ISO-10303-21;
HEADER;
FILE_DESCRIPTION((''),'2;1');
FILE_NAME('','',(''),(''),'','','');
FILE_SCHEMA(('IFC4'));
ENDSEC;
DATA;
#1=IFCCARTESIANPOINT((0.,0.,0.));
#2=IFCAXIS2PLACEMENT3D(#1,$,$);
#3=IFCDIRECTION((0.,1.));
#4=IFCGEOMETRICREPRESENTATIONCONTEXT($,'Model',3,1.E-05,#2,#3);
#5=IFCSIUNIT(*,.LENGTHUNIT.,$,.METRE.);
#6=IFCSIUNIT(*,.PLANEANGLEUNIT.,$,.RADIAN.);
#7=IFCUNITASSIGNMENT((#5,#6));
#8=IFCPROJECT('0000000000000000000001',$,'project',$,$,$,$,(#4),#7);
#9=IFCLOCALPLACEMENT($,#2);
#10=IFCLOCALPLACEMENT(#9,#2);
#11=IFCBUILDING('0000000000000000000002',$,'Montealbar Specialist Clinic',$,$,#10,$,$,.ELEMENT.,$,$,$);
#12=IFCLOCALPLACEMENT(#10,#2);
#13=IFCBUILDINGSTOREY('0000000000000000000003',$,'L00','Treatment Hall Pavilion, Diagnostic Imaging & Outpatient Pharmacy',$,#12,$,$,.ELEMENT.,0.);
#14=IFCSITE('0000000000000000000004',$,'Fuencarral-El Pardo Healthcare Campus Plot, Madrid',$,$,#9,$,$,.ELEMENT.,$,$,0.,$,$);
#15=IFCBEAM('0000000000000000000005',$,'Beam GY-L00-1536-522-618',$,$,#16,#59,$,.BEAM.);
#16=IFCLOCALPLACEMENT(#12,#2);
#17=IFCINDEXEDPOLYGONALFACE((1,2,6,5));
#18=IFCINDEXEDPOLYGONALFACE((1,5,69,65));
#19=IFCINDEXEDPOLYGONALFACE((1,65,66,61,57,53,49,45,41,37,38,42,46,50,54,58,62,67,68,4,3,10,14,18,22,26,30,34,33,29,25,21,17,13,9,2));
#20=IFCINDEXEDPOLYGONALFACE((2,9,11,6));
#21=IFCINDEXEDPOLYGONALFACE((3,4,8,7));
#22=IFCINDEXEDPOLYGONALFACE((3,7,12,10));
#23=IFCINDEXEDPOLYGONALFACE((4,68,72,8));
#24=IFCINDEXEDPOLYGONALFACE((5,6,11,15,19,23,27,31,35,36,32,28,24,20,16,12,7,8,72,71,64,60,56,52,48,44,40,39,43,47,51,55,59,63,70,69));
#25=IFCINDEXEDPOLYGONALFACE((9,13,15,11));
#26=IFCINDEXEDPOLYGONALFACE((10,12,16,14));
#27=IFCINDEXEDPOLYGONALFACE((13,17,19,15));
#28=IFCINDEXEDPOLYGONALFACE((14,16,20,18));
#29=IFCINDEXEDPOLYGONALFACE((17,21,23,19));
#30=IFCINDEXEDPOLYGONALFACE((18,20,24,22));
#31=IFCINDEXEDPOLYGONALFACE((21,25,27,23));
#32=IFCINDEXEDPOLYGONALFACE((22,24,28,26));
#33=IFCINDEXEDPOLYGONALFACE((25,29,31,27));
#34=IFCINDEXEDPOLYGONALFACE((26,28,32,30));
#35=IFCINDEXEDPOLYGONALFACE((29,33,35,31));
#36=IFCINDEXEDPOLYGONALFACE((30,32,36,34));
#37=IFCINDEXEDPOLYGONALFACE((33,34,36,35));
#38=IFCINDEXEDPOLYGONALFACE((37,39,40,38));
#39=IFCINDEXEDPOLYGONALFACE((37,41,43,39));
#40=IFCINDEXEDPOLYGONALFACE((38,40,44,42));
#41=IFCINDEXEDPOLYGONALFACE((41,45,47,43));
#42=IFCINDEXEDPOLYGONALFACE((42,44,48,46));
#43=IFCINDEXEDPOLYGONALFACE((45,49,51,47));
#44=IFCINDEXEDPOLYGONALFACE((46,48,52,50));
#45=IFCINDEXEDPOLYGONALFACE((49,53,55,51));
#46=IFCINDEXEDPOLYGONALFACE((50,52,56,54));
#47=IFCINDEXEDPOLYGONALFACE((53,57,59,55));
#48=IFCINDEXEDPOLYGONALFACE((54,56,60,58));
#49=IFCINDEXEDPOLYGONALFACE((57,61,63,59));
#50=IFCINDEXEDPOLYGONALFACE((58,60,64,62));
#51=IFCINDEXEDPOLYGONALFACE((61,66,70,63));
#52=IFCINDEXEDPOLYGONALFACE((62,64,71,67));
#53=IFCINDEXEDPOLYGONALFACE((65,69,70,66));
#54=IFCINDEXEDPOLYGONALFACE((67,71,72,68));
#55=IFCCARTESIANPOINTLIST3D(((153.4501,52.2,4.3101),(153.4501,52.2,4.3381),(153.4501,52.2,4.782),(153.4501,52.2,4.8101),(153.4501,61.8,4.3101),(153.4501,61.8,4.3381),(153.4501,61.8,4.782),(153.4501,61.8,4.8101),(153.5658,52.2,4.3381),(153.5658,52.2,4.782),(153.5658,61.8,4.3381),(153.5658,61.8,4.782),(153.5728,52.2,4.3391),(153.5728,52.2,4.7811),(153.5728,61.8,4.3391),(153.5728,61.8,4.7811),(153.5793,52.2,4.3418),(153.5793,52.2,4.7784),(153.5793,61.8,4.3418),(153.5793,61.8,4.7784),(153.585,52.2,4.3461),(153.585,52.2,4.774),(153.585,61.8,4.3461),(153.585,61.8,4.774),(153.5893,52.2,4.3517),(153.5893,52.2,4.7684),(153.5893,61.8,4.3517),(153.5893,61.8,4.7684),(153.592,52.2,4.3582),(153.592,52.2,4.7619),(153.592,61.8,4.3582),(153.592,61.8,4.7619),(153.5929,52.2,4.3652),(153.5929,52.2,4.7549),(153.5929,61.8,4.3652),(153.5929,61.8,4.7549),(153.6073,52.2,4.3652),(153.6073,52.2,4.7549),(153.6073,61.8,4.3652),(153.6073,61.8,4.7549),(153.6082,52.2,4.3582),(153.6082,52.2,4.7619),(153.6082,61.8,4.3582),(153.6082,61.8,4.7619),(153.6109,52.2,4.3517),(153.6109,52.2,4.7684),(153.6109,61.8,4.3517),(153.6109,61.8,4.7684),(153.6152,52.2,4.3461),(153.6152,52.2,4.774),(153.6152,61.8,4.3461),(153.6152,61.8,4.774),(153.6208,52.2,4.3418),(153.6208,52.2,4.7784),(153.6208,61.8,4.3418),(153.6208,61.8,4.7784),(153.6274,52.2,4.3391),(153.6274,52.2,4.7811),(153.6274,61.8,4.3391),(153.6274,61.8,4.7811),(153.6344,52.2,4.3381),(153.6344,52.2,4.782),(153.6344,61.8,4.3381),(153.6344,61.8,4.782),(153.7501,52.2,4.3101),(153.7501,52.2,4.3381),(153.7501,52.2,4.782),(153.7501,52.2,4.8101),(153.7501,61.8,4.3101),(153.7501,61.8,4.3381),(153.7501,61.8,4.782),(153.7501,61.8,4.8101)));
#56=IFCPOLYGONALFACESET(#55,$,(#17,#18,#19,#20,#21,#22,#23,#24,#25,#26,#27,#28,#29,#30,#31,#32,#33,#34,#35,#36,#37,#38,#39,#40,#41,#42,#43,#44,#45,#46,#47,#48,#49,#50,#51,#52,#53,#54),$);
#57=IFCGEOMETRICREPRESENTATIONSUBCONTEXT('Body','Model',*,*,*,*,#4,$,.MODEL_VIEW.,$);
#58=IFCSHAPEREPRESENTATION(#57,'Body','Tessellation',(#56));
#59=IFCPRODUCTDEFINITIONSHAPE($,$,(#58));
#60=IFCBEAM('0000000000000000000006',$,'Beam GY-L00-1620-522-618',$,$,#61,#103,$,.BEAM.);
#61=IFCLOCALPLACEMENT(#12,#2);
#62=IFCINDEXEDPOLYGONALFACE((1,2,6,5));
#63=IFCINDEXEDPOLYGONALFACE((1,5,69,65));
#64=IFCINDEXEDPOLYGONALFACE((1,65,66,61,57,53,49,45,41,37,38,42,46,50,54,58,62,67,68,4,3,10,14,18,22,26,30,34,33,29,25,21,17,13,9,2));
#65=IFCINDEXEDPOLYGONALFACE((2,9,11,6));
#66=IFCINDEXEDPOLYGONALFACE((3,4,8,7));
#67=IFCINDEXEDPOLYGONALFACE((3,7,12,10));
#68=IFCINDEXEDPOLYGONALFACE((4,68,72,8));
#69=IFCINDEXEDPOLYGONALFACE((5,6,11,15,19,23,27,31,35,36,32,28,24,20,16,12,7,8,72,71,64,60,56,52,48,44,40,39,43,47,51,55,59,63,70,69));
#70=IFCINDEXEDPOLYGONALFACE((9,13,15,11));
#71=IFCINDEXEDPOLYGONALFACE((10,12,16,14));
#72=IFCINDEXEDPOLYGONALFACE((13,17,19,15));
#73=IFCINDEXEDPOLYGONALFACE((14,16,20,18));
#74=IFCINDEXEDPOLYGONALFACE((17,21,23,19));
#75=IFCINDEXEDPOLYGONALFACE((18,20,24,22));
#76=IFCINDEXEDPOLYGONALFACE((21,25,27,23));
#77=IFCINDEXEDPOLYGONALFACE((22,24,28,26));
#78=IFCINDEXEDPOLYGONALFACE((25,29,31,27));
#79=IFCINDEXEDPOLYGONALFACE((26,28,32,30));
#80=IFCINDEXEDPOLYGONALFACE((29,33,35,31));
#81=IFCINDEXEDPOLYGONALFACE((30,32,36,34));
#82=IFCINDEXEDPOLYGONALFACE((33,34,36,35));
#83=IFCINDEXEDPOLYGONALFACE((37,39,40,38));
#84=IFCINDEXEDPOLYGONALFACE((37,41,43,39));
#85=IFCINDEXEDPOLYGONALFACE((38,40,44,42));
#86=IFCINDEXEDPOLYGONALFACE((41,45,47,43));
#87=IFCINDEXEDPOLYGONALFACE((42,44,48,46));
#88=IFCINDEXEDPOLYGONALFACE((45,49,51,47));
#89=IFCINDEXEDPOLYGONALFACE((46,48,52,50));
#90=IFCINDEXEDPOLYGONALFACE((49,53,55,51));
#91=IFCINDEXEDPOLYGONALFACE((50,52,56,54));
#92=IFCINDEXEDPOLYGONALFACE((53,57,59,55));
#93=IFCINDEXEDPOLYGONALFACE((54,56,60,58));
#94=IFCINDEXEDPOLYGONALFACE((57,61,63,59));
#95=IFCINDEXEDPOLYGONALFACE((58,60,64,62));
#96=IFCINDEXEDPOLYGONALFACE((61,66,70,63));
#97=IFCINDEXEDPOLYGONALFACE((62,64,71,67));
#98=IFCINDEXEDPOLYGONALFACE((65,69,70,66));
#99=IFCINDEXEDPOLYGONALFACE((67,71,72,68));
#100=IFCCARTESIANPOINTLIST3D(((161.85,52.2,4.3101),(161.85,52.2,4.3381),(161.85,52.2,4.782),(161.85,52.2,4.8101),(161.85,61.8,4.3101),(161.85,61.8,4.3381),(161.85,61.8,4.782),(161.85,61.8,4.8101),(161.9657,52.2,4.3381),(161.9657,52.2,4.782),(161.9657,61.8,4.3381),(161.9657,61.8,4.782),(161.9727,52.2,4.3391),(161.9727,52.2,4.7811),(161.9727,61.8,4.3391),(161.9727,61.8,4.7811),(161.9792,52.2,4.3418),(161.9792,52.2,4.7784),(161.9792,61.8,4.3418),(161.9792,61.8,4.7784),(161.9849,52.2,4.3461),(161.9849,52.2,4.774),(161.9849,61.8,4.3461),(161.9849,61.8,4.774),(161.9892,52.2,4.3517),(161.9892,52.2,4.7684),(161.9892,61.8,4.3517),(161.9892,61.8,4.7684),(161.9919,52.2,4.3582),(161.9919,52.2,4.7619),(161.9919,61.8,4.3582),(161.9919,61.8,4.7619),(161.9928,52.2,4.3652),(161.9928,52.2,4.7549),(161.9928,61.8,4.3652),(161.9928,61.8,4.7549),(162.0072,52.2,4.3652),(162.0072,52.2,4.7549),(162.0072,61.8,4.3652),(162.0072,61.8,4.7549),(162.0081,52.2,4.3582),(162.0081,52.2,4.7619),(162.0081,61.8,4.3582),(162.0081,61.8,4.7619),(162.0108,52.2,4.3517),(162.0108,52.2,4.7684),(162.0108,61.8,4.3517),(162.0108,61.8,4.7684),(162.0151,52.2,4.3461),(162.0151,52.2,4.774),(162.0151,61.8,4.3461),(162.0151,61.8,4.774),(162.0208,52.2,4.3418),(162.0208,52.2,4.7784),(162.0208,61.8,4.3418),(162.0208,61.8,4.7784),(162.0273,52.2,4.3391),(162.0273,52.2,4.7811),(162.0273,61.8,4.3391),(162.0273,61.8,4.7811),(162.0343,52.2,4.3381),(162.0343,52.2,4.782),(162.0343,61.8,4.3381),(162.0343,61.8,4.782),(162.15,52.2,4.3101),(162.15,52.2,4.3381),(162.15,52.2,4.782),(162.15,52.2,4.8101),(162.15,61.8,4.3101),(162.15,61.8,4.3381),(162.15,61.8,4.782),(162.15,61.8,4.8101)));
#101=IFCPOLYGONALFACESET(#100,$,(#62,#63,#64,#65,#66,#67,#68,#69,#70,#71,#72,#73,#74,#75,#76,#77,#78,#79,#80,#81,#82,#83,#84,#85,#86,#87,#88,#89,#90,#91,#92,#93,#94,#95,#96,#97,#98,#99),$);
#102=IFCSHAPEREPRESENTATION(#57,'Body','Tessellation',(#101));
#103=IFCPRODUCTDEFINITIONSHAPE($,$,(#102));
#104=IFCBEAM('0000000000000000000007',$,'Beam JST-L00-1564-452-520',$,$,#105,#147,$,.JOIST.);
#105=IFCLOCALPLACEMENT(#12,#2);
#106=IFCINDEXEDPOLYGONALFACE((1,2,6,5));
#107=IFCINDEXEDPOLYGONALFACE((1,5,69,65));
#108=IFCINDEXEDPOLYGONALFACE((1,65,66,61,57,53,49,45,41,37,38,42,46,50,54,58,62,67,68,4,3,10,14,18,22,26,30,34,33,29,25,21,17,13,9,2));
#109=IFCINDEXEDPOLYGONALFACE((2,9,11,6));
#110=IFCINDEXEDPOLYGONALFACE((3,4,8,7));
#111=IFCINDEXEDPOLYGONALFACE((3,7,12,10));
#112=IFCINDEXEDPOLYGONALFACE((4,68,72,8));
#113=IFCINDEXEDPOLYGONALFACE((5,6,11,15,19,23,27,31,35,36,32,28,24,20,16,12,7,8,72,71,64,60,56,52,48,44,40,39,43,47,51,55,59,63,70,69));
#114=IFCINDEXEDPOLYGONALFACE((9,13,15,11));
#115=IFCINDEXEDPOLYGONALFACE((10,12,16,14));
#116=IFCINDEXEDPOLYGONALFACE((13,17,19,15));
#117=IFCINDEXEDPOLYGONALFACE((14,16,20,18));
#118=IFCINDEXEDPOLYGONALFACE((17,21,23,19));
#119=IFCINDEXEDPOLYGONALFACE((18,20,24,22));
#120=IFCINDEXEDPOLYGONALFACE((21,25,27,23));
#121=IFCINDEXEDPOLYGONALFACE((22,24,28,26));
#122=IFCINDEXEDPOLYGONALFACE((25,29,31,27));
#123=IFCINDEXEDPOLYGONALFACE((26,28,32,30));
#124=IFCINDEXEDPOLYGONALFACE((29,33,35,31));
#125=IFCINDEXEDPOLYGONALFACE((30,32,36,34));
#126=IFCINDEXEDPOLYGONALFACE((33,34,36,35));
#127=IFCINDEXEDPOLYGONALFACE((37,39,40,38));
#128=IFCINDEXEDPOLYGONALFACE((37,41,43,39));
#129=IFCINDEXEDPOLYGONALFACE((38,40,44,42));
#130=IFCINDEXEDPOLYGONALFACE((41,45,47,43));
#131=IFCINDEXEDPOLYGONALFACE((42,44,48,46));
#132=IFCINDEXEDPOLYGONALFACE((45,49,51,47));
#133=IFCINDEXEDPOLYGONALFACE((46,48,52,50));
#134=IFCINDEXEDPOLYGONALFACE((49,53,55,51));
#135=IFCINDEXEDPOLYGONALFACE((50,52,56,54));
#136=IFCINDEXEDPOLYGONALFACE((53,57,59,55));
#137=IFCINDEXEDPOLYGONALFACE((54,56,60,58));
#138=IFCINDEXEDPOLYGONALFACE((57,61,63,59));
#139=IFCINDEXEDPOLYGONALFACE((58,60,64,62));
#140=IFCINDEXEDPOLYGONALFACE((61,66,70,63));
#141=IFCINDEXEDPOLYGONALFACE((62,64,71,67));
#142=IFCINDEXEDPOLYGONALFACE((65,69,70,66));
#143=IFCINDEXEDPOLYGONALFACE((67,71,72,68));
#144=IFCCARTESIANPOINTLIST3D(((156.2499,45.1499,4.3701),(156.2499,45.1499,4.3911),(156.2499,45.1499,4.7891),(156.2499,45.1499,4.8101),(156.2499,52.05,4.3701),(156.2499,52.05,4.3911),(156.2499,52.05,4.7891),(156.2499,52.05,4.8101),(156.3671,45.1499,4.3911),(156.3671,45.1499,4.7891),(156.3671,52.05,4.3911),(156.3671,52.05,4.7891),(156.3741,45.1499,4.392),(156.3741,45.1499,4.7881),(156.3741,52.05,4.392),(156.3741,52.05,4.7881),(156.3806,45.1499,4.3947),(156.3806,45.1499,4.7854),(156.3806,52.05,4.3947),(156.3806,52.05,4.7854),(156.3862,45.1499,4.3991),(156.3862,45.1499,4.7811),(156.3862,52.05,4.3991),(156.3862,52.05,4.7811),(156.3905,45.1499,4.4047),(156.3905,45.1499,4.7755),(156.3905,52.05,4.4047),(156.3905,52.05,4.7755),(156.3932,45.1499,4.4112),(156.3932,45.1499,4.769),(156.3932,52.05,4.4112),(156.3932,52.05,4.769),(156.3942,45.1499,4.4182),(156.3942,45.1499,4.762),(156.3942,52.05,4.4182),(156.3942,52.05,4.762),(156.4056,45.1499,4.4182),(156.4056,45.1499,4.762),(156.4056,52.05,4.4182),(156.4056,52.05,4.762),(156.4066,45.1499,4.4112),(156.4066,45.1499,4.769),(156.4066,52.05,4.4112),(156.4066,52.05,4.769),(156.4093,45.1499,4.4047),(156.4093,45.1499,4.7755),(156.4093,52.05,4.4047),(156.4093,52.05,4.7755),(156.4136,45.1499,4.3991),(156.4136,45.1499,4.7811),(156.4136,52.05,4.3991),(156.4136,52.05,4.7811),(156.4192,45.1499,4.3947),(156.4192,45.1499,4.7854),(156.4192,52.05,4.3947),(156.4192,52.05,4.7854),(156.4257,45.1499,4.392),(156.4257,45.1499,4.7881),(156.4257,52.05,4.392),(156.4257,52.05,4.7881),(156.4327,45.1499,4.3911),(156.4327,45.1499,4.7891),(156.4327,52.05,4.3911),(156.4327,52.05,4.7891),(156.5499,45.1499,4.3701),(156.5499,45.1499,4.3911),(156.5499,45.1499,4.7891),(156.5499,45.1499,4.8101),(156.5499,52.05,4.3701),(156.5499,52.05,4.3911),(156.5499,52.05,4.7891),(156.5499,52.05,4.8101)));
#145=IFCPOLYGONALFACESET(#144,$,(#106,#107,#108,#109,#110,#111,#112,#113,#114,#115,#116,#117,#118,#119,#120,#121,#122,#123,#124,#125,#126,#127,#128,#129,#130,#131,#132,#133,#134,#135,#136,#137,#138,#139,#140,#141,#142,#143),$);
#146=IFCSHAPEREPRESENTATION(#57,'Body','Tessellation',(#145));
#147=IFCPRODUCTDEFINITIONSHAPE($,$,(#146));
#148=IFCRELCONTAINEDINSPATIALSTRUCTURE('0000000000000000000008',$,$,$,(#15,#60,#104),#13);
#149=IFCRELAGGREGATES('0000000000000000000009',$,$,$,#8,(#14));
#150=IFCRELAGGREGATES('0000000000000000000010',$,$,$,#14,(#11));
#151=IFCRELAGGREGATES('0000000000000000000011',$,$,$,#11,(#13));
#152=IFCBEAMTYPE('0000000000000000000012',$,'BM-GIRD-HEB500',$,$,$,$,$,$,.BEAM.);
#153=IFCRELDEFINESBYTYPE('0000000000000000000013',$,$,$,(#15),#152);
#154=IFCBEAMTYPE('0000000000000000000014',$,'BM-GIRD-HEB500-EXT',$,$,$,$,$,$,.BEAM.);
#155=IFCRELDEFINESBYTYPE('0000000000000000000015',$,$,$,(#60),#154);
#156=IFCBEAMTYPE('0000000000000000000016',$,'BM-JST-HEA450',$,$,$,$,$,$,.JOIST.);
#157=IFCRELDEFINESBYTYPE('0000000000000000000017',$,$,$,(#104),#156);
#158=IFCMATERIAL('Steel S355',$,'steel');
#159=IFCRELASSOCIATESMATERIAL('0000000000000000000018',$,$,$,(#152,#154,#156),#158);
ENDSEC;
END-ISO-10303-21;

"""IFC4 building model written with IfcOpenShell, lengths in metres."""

from ifc_helpers import new_model, si_unit, direction, frame, origin, origin_2d, place, context, subcontext, project, spatial, i_section, extrude, material, material_profile, profile_set, type_object, element, save


model = new_model("IFC4")

# Units and contexts
model_context = context("Model", 3, precision=1e-05, world=origin(), true_north=direction((0.0, 1.0)))
body_context = subcontext(model_context, "Body", "Model", "MODEL_VIEW")
ifc_project = project(units=[si_unit("LENGTHUNIT", "METRE"), si_unit("PLANEANGLEUNIT", "RADIAN")], contexts=[model_context])

# Site, building, storey
site_placement = place(None, origin())
site = spatial("IfcSite", under=ifc_project, at=site_placement, Name="Fuencarral-El Pardo Healthcare Campus Plot, Madrid", CompositionType="ELEMENT", RefElevation=0.0)
building_placement = place(site_placement, origin())
building = spatial("IfcBuilding", under=site, at=building_placement, Name="Montealbar Specialist Clinic", CompositionType="ELEMENT")
storey_placement = place(building_placement, origin())
storey = spatial("IfcBuildingStorey", under=building, at=storey_placement, Name="L00", Description="Treatment Hall Pavilion, Diagnostic Imaging & Outpatient Pharmacy", CompositionType="ELEMENT", Elevation=0.0)

# Shared definitions
ifc_material_1 = material(Name="Steel S355", Category="steel")

# Beams
ifc_material_profile_1 = material_profile(ifc_material_1, i_section(OverallWidth=0.3, OverallDepth=0.5, WebThickness=0.0144, FlangeThickness=0.0281, FilletRadius=0.0271, at=origin_2d()), Name="HEB 500", Category="steel")
ifc_profile_set_1 = profile_set([ifc_material_profile_1], Name="Steel S355")
beam_type_1 = type_object("IfcBeamType", Name="BM-GIRD-HEB500", PredefinedType="BEAM", material=ifc_profile_set_1)
beam_1_placement = place(storey_placement, frame((153.6001, 52.2, 4.5601), z_axis=(0.0, 1.0, 0.0), x_axis=(-1.0, 0.0, 0.0)))
element("IfcBeam", 1, at=beam_1_placement, inside=storey, type_object=beam_type_1, Name="Beam GY-L00-1536-522-618", PredefinedType="BEAM", context=body_context, shape_type="SweptSolid", body=[
    extrude(i_section(OverallWidth=0.3, OverallDepth=0.5, WebThickness=0.0144, FlangeThickness=0.0281, FilletRadius=0.0271, at=origin_2d()), origin(), (0.0, 0.0, 1.0), 9.6001),
])
ifc_material_profile_2 = material_profile(ifc_material_1, i_section(OverallWidth=0.3, OverallDepth=0.5, WebThickness=0.0144, FlangeThickness=0.0281, FilletRadius=0.0271, at=origin_2d()), Name="HEB 500", Category="steel")
ifc_profile_set_2 = profile_set([ifc_material_profile_2], Name="Steel S355")
beam_type_2 = type_object("IfcBeamType", Name="BM-GIRD-HEB500-EXT", PredefinedType="BEAM", material=ifc_profile_set_2)
beam_2_placement = place(storey_placement, frame((162.0, 52.2, 4.5601), z_axis=(0.0, 1.0, 0.0), x_axis=(-1.0, 0.0, 0.0)))
element("IfcBeam", 2, at=beam_2_placement, inside=storey, type_object=beam_type_2, Name="Beam GY-L00-1620-522-618", PredefinedType="BEAM", context=body_context, shape_type="SweptSolid", body=[
    extrude(i_section(OverallWidth=0.3, OverallDepth=0.5, WebThickness=0.0144, FlangeThickness=0.0281, FilletRadius=0.0271, at=origin_2d()), origin(), (0.0, 0.0, 1.0), 9.6001),
])
ifc_material_profile_3 = material_profile(ifc_material_1, i_section(OverallWidth=0.3, OverallDepth=0.4399, WebThickness=0.0115, FlangeThickness=0.021, FilletRadius=0.0271, at=origin_2d()), Name="HEA 450", Category="steel")
ifc_profile_set_3 = profile_set([ifc_material_profile_3], Name="Steel S355")
beam_type_3 = type_object("IfcBeamType", Name="BM-JST-HEA450", PredefinedType="JOIST", material=ifc_profile_set_3)
beam_3_placement = place(storey_placement, frame((156.3999, 45.1499, 4.5901), z_axis=(0.0, 1.0, 0.0), x_axis=(-1.0, 0.0, 0.0)))
element("IfcBeam", 3, at=beam_3_placement, inside=storey, type_object=beam_type_3, Name="Beam JST-L00-1564-452-520", PredefinedType="JOIST", context=body_context, shape_type="SweptSolid", body=[
    extrude(i_section(OverallWidth=0.3, OverallDepth=0.4399, WebThickness=0.0115, FlangeThickness=0.021, FilletRadius=0.0271, at=origin_2d()), origin(), (0.0, 0.0, 1.0), 6.9001),
])

save(model, "model.ifc")
